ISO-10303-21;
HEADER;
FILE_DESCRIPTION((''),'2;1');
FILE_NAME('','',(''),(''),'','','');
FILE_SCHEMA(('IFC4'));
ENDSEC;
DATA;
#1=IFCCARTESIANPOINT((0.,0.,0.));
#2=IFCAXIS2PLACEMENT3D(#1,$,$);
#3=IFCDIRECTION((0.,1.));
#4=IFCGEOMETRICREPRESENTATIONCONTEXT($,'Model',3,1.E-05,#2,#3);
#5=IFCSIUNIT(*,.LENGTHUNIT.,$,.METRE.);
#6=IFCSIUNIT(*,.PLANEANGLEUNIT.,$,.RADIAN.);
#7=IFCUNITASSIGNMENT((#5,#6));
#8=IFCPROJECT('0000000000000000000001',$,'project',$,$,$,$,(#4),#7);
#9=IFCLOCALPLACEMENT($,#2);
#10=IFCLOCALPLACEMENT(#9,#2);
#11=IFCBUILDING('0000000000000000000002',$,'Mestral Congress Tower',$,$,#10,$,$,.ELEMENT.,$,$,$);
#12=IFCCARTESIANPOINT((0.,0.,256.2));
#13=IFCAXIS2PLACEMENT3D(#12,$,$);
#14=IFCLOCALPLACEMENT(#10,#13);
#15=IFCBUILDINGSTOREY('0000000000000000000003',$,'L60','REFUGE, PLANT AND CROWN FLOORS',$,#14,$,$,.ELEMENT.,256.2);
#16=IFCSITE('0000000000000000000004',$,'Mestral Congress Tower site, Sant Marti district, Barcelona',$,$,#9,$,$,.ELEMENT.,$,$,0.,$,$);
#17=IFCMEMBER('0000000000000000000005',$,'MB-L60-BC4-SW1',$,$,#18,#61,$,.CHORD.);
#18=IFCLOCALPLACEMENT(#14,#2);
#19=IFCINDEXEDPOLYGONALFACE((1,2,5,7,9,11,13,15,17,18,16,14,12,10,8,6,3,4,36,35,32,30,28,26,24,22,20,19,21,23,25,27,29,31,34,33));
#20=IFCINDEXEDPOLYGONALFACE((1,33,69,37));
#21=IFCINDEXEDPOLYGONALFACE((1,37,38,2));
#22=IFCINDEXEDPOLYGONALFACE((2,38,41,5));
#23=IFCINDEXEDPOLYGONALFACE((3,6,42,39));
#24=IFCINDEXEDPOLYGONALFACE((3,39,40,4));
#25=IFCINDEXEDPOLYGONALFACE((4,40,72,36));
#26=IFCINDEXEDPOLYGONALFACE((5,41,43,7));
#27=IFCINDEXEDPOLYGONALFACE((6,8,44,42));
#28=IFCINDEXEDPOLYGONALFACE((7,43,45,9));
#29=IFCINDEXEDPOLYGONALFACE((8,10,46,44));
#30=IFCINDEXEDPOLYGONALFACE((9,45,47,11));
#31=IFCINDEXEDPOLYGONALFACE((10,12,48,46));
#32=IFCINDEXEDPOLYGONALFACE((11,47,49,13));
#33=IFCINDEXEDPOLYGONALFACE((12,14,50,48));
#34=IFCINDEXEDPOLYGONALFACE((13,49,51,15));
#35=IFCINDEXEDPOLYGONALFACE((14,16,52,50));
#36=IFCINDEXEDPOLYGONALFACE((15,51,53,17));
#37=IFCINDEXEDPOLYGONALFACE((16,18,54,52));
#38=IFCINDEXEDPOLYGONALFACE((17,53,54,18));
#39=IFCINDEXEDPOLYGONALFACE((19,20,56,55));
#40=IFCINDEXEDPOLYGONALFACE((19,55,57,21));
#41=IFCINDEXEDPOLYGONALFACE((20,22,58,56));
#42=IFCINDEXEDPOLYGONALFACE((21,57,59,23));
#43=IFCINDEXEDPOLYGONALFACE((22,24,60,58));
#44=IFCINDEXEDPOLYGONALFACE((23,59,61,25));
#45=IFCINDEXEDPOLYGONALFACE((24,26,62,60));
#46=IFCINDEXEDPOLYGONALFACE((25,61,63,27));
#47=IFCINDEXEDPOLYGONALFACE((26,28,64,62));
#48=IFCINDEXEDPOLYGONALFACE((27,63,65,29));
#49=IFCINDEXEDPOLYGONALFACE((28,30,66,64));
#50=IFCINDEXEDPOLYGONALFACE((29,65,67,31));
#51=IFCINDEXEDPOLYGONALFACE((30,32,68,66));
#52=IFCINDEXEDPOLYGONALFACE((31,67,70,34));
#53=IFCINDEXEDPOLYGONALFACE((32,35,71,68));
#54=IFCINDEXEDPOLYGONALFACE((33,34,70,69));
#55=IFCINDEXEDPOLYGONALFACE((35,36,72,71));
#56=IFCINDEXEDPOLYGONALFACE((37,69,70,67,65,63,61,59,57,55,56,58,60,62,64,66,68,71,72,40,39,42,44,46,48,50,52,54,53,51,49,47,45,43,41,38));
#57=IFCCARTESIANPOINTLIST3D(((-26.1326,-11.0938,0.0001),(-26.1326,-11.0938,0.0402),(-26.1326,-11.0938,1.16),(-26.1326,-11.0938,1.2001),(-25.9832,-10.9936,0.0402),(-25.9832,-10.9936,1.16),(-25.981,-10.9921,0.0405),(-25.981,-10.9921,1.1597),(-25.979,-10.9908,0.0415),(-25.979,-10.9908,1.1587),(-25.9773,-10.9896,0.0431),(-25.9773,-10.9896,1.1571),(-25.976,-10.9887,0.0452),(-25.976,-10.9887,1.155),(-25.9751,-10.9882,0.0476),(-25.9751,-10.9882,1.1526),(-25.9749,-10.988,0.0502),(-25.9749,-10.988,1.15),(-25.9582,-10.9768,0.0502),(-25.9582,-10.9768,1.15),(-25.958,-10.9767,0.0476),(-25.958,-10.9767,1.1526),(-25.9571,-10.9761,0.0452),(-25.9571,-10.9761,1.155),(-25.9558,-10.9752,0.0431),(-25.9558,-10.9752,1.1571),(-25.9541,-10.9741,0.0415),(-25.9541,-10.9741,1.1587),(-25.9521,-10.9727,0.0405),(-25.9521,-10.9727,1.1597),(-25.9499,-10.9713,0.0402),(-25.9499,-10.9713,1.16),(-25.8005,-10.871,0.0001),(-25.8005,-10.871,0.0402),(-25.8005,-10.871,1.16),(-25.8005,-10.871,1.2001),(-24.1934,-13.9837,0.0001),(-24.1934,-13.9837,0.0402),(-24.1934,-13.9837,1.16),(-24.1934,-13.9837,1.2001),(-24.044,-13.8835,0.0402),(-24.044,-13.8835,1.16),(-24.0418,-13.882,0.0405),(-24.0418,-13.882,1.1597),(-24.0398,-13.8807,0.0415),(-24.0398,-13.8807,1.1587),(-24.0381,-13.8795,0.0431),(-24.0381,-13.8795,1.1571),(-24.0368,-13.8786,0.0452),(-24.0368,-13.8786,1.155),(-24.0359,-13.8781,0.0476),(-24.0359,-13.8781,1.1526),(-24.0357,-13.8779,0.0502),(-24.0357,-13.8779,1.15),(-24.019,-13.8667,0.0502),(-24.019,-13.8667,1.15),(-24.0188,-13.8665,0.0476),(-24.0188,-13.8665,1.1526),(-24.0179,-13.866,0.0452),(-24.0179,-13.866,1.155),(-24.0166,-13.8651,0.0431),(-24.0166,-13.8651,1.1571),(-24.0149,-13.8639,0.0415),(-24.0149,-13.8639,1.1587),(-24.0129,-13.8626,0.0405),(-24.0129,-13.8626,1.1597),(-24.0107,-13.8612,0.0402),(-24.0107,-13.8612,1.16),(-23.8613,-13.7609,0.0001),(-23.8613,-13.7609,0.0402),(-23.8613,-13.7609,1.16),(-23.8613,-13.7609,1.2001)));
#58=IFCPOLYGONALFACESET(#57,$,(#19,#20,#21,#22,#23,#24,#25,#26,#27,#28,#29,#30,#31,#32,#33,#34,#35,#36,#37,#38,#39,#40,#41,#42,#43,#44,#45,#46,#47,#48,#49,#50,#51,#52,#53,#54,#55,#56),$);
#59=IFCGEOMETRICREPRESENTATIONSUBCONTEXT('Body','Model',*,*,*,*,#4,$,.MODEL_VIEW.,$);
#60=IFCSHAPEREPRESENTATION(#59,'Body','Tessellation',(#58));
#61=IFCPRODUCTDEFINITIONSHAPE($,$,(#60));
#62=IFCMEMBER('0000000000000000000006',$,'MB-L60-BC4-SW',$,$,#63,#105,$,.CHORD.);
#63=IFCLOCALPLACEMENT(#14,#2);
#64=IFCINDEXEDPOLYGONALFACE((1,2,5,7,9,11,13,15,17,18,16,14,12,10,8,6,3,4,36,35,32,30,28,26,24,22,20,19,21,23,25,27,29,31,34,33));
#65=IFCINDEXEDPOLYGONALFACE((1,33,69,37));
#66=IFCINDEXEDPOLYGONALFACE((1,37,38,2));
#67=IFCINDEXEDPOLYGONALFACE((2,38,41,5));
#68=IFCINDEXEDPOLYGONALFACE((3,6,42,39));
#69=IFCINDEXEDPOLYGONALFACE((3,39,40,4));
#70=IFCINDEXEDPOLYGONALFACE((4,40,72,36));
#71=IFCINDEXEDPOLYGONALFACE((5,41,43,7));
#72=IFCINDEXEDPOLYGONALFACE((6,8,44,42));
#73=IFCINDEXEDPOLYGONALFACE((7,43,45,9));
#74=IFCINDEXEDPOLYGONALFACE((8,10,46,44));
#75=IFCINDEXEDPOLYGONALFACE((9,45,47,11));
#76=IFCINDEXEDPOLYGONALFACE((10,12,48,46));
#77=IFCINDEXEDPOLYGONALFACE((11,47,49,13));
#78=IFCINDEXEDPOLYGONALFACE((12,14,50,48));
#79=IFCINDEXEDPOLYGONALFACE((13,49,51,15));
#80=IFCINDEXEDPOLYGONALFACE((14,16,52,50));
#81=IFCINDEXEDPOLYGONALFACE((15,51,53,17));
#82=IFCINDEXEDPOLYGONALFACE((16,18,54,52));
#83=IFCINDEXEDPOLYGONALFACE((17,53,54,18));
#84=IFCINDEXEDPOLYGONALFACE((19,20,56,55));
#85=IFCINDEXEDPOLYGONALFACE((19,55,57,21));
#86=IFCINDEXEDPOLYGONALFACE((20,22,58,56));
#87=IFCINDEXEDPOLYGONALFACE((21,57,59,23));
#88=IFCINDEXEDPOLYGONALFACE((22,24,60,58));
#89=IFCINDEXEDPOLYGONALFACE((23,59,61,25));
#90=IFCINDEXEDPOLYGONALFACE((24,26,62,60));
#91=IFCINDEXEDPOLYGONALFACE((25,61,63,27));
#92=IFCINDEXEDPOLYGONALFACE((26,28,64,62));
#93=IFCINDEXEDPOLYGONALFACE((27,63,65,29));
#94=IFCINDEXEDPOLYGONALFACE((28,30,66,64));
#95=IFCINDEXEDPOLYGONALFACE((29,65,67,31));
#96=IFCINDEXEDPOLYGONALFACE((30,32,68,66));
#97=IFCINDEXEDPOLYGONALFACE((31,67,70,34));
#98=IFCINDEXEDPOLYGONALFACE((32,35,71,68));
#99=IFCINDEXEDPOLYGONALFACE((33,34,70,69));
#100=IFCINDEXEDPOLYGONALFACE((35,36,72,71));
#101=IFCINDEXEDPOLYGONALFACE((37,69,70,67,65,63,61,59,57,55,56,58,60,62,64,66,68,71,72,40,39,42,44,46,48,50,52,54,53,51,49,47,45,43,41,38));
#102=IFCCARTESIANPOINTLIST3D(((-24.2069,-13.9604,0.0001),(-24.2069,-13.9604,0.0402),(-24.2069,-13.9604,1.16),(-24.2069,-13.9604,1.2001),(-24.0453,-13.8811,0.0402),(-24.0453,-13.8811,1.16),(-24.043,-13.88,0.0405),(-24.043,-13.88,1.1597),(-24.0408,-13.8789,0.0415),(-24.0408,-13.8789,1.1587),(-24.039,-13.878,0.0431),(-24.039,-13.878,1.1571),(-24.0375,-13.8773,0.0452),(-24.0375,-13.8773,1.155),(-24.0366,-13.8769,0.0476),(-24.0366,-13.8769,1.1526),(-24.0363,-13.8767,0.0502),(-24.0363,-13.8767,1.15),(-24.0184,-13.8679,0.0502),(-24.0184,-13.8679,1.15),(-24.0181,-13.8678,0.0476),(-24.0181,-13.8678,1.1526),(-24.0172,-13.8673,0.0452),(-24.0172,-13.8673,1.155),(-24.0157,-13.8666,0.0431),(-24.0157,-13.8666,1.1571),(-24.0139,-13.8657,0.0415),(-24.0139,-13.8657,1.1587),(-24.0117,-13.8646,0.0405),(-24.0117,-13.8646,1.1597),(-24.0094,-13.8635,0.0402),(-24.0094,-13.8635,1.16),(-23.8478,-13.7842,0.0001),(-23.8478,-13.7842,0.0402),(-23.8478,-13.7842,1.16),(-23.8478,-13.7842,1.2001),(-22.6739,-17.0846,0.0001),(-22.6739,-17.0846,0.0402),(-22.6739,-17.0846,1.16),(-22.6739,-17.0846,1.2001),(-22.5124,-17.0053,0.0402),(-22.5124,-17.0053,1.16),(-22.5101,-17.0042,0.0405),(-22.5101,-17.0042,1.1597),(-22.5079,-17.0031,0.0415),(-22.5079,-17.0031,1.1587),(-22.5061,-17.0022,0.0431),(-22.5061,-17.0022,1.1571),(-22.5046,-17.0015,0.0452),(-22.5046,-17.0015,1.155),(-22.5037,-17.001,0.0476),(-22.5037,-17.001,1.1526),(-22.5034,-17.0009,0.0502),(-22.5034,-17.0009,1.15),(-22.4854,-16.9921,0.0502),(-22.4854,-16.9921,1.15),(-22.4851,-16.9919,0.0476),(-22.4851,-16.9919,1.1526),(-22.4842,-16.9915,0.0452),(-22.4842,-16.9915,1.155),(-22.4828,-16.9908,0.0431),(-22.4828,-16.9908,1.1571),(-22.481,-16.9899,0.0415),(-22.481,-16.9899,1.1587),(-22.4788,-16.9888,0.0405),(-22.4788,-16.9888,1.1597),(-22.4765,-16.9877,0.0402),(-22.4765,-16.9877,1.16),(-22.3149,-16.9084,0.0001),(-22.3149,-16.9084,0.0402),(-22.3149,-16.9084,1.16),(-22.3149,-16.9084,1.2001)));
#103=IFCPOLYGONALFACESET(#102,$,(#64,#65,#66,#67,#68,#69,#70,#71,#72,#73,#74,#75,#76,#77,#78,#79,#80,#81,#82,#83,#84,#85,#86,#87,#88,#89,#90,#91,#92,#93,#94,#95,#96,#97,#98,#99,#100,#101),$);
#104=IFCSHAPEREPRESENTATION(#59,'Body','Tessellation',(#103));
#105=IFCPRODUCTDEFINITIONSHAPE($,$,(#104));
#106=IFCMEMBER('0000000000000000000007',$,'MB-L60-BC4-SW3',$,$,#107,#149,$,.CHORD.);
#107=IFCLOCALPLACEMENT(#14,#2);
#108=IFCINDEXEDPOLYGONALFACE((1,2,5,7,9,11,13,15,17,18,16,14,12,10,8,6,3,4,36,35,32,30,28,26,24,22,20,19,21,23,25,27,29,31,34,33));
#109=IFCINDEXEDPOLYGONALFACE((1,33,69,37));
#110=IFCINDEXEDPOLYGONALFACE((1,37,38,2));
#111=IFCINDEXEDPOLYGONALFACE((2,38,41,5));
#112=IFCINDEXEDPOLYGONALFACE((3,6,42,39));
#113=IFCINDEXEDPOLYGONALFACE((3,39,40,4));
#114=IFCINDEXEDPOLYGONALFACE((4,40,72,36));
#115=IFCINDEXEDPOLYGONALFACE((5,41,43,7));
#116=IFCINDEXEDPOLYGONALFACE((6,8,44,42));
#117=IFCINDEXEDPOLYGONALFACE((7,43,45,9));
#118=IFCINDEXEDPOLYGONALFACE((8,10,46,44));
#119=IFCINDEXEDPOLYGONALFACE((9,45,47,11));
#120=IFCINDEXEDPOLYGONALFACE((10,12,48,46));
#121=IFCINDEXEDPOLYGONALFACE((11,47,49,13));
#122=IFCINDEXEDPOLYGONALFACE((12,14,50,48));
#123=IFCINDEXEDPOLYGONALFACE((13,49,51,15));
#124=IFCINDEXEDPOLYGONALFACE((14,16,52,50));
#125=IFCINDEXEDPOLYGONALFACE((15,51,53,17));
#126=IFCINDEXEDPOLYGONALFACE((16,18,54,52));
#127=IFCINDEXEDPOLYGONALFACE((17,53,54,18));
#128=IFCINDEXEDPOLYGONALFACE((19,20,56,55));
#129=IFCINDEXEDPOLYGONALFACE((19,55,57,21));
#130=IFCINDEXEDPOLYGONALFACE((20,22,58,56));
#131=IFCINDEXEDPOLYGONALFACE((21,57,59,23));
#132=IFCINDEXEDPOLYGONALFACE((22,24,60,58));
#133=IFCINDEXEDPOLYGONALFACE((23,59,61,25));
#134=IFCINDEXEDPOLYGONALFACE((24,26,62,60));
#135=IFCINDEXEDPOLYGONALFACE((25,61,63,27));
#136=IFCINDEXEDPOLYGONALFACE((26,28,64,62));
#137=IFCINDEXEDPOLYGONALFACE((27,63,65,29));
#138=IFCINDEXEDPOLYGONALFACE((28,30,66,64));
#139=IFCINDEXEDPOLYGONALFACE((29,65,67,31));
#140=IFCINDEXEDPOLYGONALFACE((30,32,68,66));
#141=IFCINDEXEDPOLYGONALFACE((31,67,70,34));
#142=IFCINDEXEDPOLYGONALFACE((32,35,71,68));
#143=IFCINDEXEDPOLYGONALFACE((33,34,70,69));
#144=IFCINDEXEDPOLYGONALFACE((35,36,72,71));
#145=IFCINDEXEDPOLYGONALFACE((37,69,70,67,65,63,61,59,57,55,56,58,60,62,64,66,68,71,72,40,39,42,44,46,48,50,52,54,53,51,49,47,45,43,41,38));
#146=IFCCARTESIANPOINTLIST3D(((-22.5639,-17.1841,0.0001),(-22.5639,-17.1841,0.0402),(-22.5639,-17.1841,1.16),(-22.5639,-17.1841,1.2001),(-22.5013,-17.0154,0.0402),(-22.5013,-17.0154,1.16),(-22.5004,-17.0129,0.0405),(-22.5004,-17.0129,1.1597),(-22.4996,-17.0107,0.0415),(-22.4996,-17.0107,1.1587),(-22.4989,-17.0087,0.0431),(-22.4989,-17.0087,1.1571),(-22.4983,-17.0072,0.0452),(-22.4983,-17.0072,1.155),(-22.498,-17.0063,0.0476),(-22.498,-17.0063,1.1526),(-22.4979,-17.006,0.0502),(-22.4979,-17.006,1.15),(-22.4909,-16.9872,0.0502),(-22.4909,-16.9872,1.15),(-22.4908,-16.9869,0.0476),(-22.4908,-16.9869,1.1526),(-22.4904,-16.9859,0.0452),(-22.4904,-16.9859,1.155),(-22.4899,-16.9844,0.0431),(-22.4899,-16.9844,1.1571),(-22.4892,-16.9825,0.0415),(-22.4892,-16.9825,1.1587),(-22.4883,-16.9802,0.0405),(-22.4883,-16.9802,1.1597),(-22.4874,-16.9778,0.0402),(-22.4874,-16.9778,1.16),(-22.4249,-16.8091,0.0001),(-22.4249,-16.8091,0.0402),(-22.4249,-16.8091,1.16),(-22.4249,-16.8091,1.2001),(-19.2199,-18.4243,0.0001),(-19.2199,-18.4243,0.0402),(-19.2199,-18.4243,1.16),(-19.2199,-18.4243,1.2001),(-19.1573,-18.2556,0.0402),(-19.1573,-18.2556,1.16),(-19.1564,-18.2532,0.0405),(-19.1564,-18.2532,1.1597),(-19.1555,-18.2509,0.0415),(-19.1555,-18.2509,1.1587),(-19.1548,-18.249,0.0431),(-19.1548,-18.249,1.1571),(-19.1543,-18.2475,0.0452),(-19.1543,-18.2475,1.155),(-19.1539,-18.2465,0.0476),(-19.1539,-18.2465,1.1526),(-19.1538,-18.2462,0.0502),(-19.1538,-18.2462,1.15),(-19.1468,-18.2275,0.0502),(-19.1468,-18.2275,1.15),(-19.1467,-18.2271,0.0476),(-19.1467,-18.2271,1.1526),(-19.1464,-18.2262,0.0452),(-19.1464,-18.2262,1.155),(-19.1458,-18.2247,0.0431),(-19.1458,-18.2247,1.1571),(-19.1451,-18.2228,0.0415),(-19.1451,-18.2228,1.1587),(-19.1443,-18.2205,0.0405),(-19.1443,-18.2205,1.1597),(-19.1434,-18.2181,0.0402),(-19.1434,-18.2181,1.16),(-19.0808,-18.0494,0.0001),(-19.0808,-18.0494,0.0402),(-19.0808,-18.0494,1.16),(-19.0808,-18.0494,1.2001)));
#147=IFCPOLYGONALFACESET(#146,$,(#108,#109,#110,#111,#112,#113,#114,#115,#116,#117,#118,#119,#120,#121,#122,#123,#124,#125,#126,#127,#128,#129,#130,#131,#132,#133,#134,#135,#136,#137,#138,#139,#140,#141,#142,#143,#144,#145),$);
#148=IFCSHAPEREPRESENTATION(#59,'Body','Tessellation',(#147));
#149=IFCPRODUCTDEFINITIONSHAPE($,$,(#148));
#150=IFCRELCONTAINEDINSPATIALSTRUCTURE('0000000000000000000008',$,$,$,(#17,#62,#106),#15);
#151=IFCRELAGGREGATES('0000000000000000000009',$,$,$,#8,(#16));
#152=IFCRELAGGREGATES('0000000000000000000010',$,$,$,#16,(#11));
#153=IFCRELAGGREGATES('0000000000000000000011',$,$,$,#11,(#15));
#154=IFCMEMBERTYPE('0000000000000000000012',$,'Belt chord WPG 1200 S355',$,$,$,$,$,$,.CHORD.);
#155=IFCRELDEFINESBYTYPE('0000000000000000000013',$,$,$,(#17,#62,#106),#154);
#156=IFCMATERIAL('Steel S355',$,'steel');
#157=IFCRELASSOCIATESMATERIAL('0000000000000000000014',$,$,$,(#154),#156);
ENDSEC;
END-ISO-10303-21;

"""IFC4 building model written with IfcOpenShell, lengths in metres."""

from ifc_helpers import new_model, si_unit, direction, frame, origin, origin_2d, place, context, subcontext, project, spatial, i_section, extrude, material, material_profile, profile_set, type_object, element, save


model = new_model("IFC4")

# Units and contexts
model_context = context("Model", 3, precision=1e-05, world=origin(), true_north=direction((0.0, 1.0)))
body_context = subcontext(model_context, "Body", "Model", "MODEL_VIEW")
ifc_project = project(units=[si_unit("LENGTHUNIT", "METRE"), si_unit("PLANEANGLEUNIT", "RADIAN")], contexts=[model_context])

# Site, building, storey
site_placement = place(None, origin())
site = spatial("IfcSite", under=ifc_project, at=site_placement, Name="Mestral Congress Tower site, Sant Marti district, Barcelona", CompositionType="ELEMENT", RefElevation=0.0)
building_placement = place(site_placement, origin())
building = spatial("IfcBuilding", under=site, at=building_placement, Name="Mestral Congress Tower", CompositionType="ELEMENT")
storey_placement = place(building_placement, frame((0.0, 0.0, 256.2)))
storey = spatial("IfcBuildingStorey", under=building, at=storey_placement, Name="L60", Description="REFUGE, PLANT AND CROWN FLOORS", CompositionType="ELEMENT", Elevation=256.2)

# Members
ifc_material_1 = material(Name="Steel S355", Category="steel")
ifc_material_profile_1 = material_profile(ifc_material_1, i_section(OverallWidth=0.3999, OverallDepth=1.2, WebThickness=0.02, FlangeThickness=0.04, FilletRadius=0.01, at=origin_2d()), Name="WPG 1200")
ifc_profile_set_1 = profile_set([ifc_material_profile_1], Name="Steel S355")
member_type_1 = type_object("IfcMemberType", Name="Belt chord WPG 1200 S355", PredefinedType="CHORD", material=ifc_profile_set_1)
member_1_placement = place(storey_placement, frame((-25.9666, -10.9824, 0.6001), z_axis=(0.557207, -0.830374, 0.0), x_axis=(0.830374, 0.557207, 0.0)))
element("IfcMember", 1, at=member_1_placement, inside=storey, type_object=member_type_1, Name="MB-L60-BC4-SW1", PredefinedType="CHORD", context=body_context, shape_type="SweptSolid", body=[
    extrude(i_section(OverallWidth=0.3999, OverallDepth=1.2, WebThickness=0.02, FlangeThickness=0.04, FilletRadius=0.01, at=origin_2d()), origin(), (0.0, 0.0, 1.0), 3.4802),
])
member_2_placement = place(storey_placement, frame((-24.0273, -13.8723, 0.6001), z_axis=(0.440494, -0.897755, 0.0), x_axis=(0.897755, 0.440494, 0.0)))
element("IfcMember", 2, at=member_2_placement, inside=storey, type_object=member_type_1, Name="MB-L60-BC4-SW", PredefinedType="CHORD", context=body_context, shape_type="SweptSolid", body=[
    extrude(i_section(OverallWidth=0.3999, OverallDepth=1.2, WebThickness=0.02, FlangeThickness=0.04, FilletRadius=0.01, at=origin_2d()), origin(), (0.0, 0.0, 1.0), 3.48),
])
member_3_placement = place(storey_placement, frame((-22.4944, -16.9966, 0.6001), z_axis=(0.937592, -0.347738, 0.0), x_axis=(0.347738, 0.937592, 0.0)))
element("IfcMember", 3, at=member_3_placement, inside=storey, type_object=member_type_1, Name="MB-L60-BC4-SW3", PredefinedType="CHORD", context=body_context, shape_type="SweptSolid", body=[
    extrude(i_section(OverallWidth=0.3999, OverallDepth=1.2, WebThickness=0.02, FlangeThickness=0.04, FilletRadius=0.01, at=origin_2d()), origin(), (0.0, 0.0, 1.0), 3.5667),
])

save(model, "model.ifc")
